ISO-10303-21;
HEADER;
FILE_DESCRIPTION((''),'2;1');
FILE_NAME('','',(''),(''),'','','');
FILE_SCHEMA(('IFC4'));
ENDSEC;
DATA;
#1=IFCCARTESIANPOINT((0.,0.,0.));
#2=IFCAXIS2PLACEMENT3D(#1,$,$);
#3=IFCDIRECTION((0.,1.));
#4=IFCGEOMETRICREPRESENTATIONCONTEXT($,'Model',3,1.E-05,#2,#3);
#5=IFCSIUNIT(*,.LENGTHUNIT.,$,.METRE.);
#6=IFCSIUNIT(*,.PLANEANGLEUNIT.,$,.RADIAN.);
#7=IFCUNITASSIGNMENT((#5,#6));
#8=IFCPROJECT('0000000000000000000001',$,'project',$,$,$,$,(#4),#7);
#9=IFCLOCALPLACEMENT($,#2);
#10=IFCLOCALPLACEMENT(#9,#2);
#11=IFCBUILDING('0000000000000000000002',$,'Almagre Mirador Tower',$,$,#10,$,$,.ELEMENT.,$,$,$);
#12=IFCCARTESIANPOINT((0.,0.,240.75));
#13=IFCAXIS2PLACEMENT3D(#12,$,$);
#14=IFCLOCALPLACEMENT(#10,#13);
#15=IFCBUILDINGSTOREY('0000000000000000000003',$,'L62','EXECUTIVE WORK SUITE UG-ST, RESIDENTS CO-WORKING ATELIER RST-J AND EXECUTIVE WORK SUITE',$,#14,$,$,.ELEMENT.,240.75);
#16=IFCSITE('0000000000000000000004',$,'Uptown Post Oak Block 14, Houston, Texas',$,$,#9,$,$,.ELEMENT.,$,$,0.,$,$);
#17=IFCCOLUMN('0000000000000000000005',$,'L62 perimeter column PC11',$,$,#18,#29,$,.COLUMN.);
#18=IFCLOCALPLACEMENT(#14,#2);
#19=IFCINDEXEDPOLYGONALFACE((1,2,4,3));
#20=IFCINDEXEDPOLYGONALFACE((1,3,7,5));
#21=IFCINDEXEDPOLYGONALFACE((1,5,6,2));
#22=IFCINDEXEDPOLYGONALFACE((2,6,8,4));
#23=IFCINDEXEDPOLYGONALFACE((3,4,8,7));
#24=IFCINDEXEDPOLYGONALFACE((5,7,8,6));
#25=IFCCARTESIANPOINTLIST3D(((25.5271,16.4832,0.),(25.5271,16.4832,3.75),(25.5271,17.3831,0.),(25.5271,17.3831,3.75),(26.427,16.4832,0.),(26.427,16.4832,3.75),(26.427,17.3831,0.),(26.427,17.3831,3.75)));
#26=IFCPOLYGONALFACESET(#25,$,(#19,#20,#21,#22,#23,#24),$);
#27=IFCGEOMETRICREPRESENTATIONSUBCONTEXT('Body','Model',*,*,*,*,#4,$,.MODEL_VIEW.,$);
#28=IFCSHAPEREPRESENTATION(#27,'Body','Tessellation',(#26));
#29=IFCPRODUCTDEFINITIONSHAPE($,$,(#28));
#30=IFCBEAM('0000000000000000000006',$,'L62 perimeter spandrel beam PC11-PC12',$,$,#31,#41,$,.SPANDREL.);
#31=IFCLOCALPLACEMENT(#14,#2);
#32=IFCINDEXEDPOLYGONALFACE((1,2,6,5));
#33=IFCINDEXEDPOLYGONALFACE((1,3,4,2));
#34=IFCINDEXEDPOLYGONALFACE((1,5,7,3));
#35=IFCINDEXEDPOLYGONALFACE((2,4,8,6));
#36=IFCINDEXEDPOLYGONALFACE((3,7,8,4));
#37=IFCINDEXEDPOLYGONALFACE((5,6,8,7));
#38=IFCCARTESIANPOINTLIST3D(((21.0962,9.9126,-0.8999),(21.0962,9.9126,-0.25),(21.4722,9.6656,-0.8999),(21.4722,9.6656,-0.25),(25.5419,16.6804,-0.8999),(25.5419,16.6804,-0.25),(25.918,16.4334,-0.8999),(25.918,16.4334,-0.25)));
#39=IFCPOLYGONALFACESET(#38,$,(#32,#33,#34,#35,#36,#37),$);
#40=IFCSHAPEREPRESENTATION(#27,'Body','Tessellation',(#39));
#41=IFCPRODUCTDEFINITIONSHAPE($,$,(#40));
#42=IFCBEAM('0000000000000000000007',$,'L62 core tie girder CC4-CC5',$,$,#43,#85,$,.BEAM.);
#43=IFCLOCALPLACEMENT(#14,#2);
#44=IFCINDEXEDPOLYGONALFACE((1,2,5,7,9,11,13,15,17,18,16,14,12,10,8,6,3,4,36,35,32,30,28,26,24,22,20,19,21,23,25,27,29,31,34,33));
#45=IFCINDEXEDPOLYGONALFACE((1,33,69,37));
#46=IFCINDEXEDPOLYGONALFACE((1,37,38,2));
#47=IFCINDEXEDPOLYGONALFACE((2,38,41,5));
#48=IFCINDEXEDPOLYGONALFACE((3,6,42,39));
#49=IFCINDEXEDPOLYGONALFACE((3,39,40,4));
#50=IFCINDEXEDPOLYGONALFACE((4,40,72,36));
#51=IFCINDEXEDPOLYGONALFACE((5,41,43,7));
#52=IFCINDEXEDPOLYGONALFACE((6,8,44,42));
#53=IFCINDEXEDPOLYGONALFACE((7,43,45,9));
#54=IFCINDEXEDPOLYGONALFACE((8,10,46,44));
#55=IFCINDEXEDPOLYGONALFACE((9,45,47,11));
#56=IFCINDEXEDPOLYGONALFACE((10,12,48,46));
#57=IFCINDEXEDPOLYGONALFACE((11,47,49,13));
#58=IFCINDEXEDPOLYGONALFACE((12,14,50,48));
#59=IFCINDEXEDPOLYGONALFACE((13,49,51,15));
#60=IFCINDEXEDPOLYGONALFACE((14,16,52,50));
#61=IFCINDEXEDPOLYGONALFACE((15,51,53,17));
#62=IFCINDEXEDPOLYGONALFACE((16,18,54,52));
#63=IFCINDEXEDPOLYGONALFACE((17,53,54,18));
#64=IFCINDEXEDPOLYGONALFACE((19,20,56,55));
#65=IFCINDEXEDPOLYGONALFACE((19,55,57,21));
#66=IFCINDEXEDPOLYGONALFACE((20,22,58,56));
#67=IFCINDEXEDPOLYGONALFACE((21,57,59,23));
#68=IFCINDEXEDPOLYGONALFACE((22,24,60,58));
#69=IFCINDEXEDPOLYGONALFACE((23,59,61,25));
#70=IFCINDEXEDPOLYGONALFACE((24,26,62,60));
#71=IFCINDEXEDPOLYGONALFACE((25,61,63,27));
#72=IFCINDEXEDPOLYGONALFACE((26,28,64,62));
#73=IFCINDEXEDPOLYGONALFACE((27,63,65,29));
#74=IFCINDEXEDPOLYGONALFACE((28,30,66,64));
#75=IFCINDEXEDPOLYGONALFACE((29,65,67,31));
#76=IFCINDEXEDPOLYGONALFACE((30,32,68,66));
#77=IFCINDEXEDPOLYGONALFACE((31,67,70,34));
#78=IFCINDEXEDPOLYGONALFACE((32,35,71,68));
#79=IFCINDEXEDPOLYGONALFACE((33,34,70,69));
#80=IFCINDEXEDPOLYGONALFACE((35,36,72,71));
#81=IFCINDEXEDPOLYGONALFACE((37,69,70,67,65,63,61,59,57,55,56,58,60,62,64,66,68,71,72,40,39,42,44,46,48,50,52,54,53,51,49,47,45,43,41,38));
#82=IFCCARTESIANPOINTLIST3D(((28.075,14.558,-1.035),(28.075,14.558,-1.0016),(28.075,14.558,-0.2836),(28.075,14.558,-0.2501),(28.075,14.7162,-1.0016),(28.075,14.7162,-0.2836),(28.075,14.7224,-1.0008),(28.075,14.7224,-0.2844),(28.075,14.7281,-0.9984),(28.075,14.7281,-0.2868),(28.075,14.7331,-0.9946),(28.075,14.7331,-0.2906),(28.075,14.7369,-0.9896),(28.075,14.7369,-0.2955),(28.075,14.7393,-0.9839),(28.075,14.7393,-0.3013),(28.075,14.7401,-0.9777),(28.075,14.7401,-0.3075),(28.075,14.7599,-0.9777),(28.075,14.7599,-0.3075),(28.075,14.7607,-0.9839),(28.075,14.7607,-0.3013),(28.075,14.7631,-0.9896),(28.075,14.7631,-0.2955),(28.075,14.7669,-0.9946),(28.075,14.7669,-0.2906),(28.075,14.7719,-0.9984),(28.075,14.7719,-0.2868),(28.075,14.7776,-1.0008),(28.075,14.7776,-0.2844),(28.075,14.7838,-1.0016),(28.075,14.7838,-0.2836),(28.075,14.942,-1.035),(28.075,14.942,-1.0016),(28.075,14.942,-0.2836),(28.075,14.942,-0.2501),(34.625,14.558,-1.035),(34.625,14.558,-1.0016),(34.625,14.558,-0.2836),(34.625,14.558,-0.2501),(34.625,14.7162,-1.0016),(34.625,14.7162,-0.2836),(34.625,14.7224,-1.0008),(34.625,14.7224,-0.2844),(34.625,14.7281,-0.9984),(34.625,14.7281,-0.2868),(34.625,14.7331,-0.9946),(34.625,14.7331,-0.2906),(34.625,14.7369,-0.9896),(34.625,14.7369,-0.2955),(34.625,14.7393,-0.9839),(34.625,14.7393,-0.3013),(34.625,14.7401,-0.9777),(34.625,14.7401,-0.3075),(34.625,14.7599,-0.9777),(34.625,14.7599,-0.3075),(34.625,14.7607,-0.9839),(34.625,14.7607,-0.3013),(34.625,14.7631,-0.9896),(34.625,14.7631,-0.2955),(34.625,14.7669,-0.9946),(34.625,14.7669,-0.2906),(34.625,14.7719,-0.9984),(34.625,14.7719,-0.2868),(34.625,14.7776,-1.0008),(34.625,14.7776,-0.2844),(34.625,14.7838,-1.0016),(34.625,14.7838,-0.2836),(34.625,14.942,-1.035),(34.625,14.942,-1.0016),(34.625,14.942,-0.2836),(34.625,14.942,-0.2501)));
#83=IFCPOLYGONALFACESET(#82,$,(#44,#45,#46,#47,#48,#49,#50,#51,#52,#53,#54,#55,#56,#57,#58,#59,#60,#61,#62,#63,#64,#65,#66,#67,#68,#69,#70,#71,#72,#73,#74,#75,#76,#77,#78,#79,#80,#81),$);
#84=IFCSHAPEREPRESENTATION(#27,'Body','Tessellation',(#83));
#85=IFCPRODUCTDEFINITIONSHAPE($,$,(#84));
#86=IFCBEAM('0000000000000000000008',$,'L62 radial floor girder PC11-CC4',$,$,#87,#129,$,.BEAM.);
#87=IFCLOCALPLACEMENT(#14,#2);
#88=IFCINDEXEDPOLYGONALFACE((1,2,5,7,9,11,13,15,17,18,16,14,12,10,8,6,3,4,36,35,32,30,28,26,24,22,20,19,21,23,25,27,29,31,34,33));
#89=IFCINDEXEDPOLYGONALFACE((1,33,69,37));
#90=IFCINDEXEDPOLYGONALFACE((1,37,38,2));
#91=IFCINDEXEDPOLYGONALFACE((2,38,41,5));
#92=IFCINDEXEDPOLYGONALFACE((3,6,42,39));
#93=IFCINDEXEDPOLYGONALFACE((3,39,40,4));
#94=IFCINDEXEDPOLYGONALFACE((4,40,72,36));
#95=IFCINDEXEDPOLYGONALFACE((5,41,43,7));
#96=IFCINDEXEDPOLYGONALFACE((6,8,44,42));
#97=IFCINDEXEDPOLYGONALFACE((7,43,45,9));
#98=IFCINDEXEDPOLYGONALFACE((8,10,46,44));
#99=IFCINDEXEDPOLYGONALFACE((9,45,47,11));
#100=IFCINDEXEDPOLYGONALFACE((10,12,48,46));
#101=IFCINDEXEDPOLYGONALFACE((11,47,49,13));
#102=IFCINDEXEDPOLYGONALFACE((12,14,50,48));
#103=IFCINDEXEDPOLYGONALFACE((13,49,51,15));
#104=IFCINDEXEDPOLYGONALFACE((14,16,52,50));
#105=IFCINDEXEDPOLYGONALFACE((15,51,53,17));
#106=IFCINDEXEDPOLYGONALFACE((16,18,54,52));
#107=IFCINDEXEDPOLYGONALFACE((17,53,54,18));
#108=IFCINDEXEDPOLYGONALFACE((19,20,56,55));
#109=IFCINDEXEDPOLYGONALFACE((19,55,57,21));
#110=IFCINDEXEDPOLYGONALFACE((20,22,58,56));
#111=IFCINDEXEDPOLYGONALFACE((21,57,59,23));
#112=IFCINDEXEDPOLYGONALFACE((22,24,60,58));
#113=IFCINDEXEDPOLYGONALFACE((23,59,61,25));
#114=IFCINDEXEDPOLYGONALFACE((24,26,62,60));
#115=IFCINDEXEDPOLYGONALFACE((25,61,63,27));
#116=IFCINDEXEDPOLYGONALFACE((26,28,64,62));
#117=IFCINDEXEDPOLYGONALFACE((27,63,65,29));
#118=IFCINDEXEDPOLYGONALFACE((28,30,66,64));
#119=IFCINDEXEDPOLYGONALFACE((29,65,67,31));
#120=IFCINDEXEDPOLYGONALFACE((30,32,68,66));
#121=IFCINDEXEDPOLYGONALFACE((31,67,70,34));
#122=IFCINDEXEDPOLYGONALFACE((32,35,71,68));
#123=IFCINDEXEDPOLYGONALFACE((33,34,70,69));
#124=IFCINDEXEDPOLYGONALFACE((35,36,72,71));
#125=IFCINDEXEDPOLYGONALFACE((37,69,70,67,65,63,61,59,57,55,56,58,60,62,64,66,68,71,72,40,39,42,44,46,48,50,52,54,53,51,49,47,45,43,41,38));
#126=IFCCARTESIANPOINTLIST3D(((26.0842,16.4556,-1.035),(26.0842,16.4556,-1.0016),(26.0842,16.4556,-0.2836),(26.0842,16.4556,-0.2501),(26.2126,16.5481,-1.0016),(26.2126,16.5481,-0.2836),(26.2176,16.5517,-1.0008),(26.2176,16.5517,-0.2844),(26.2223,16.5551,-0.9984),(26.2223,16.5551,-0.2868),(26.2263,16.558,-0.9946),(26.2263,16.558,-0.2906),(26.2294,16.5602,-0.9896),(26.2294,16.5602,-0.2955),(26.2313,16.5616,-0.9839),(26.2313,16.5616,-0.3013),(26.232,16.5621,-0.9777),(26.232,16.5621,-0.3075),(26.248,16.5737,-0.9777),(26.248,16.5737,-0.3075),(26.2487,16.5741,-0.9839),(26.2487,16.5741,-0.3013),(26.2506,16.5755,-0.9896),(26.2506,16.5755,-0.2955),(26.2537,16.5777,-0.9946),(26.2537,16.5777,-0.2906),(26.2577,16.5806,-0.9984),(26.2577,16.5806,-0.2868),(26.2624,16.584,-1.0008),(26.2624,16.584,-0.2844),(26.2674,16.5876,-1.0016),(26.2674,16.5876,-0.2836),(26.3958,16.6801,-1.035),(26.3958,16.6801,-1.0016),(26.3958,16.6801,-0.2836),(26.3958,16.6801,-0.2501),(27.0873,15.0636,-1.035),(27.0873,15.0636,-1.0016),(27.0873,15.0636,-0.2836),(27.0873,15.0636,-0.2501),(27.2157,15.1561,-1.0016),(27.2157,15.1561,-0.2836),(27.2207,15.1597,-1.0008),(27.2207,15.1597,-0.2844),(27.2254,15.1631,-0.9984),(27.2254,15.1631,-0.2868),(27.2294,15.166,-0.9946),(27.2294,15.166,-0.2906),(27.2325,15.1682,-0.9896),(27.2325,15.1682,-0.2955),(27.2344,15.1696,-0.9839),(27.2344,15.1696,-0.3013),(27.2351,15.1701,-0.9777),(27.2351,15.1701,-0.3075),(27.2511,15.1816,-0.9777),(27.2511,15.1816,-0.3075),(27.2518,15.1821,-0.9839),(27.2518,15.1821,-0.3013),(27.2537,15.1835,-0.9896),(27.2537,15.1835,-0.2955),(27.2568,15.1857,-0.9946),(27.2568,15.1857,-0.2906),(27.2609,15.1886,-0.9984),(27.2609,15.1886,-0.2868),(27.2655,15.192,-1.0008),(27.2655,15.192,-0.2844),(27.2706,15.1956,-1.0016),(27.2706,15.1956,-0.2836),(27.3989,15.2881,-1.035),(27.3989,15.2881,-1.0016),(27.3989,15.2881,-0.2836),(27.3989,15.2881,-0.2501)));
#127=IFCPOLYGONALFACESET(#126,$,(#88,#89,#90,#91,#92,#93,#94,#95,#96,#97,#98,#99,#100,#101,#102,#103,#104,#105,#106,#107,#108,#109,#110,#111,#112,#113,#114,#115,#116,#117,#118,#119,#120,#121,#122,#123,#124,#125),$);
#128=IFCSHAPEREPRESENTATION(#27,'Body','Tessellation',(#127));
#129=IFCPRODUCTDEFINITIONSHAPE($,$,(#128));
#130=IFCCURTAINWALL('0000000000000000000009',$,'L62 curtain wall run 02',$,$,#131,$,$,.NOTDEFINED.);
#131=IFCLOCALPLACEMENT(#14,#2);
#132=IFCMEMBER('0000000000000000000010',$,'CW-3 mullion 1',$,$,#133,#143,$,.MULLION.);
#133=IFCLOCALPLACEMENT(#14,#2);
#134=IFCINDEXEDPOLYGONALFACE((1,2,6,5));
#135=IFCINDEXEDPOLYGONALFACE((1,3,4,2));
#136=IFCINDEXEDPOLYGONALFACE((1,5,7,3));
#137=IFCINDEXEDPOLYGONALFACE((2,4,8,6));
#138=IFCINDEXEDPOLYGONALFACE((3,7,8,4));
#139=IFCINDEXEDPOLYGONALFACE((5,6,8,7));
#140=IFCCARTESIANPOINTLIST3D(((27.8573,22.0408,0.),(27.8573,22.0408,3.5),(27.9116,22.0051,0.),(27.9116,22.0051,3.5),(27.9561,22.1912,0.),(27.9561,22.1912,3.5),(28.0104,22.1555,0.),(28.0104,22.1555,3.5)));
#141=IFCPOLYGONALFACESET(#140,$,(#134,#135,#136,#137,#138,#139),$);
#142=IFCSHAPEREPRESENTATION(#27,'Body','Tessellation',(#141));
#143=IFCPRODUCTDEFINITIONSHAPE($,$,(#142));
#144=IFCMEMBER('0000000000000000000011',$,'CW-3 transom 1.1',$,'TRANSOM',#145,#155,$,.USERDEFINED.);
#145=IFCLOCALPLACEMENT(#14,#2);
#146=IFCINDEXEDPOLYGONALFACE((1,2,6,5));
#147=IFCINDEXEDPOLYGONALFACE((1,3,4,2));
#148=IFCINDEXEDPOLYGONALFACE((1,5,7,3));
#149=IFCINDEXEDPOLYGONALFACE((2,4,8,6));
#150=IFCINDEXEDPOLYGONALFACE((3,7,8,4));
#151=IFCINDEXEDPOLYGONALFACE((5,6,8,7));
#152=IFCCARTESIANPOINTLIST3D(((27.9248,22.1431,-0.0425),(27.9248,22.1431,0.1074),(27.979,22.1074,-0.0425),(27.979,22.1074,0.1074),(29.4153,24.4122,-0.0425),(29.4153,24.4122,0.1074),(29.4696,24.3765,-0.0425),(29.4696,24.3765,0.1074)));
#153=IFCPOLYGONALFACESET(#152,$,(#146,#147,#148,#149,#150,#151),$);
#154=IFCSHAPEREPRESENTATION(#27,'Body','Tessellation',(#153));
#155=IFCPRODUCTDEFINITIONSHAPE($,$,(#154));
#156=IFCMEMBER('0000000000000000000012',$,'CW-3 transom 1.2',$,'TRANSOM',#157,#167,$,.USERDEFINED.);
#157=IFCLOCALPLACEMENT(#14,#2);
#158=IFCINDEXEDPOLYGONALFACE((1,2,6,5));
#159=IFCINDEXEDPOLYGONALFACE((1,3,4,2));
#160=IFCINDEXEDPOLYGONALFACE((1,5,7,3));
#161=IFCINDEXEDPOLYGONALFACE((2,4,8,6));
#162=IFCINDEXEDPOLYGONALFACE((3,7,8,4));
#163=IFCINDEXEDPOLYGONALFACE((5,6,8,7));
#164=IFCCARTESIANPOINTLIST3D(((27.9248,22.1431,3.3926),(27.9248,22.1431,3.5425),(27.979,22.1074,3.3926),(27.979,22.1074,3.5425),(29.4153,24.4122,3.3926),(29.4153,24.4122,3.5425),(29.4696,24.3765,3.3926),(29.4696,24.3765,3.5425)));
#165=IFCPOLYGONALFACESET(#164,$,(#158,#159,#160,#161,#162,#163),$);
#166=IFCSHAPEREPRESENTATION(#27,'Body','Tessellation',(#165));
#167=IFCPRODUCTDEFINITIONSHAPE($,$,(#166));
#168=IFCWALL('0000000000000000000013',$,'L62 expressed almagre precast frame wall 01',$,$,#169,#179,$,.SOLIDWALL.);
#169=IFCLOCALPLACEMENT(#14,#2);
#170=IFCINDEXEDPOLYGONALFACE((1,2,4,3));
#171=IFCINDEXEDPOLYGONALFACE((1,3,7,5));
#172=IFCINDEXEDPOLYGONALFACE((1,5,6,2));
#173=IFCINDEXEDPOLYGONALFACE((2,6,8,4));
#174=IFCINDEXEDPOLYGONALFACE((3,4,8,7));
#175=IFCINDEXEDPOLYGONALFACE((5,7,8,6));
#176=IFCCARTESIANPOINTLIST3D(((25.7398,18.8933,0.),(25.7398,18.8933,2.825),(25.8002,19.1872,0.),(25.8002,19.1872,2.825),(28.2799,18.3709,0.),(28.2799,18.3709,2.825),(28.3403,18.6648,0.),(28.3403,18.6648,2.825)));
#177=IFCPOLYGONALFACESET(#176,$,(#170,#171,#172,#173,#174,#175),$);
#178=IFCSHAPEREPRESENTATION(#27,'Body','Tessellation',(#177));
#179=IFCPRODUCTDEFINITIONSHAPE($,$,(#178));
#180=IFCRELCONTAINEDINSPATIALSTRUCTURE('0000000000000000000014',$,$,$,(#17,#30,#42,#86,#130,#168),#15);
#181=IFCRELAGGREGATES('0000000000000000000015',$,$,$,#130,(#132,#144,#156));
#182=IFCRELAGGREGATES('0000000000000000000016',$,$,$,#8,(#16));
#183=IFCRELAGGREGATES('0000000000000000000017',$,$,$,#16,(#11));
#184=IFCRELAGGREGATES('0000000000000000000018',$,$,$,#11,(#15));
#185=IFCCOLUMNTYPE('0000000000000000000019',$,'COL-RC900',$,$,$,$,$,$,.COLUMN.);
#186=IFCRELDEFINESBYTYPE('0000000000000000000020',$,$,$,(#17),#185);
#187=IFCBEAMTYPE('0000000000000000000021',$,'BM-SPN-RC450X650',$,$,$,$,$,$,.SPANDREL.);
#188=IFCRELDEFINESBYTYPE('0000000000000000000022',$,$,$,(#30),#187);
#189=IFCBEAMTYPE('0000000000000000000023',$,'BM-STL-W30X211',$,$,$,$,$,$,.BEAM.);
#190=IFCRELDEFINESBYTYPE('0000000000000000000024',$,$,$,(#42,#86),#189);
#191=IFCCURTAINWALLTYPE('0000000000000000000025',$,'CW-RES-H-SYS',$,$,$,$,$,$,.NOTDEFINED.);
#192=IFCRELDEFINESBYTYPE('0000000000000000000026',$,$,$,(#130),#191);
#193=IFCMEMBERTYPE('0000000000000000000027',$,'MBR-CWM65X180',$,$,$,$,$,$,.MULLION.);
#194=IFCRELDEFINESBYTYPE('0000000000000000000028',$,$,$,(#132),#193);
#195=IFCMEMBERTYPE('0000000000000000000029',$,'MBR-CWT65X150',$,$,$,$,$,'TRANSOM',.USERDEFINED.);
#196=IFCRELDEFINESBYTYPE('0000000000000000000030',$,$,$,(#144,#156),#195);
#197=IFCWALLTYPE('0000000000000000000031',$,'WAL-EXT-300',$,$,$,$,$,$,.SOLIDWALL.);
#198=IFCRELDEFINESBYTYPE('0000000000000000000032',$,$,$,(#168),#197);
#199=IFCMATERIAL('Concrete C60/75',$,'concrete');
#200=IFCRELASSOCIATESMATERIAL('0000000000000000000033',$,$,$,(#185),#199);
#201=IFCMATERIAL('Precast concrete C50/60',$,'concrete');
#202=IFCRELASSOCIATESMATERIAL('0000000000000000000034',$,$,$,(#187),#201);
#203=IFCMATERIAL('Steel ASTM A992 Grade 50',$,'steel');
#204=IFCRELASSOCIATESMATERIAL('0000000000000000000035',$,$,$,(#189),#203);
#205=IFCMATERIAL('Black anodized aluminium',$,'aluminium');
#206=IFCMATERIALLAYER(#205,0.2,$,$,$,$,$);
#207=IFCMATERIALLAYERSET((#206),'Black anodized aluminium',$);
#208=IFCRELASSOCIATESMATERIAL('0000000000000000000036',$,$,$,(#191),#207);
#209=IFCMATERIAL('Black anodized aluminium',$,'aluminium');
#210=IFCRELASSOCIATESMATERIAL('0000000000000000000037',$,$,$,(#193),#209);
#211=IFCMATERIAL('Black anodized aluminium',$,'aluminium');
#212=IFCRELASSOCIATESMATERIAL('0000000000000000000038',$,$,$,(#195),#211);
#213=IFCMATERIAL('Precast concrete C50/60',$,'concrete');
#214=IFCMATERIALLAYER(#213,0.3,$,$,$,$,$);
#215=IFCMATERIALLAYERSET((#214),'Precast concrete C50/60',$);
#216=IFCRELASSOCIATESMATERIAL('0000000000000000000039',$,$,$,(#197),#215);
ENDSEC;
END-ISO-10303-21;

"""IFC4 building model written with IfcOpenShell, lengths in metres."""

from ifc_helpers import new_model, si_unit, direction, frame, frame_2d, origin, origin_2d, place, context, subcontext, project, spatial, rectangle, i_section, extrude, material, layer, layer_set, material_profile, profile_set, type_object, element, aggregate, save


model = new_model("IFC4")

# Units and contexts
model_context = context("Model", 3, precision=1e-05, world=origin(), true_north=direction((0.0, 1.0)))
body_context = subcontext(model_context, "Body", "Model", "MODEL_VIEW")
ifc_project = project(units=[si_unit("LENGTHUNIT", "METRE"), si_unit("PLANEANGLEUNIT", "RADIAN")], contexts=[model_context])

# Site, building, storey
site_placement = place(None, origin())
site = spatial("IfcSite", under=ifc_project, at=site_placement, Name="Uptown Post Oak Block 14, Houston, Texas", CompositionType="ELEMENT", RefElevation=0.0)
building_placement = place(site_placement, origin())
building = spatial("IfcBuilding", under=site, at=building_placement, Name="Almagre Mirador Tower", CompositionType="ELEMENT")
storey_placement = place(building_placement, frame((0.0, 0.0, 240.75)))
storey = spatial("IfcBuildingStorey", under=building, at=storey_placement, Name="L62", Description="EXECUTIVE WORK SUITE UG-ST, RESIDENTS CO-WORKING ATELIER RST-J AND EXECUTIVE WORK SUITE", CompositionType="ELEMENT", Elevation=240.75)

# Column
ifc_material_1 = material(Name="Concrete C60/75", Category="concrete")
ifc_material_profile_1 = material_profile(ifc_material_1, rectangle(XDim=0.8999, YDim=0.8999, at=origin_2d()), Name="RC900X900")
ifc_profile_set_1 = profile_set([ifc_material_profile_1], Name="Concrete C60/75")
column_type = type_object("IfcColumnType", Name="COL-RC900", PredefinedType="COLUMN", material=ifc_profile_set_1)
column_placement = place(storey_placement, frame((25.9771, 16.9331, 0.0), z_axis=(0.0, 0.0, 1.0), x_axis=(1.0, 0.0, 0.0)))
element("IfcColumn", 1, at=column_placement, inside=storey, type_object=column_type, Name="L62 perimeter column PC11", PredefinedType="COLUMN", context=body_context, shape_type="SweptSolid", body=[
    extrude(rectangle(XDim=0.8999, YDim=0.8999, at=origin_2d()), origin(), (0.0, 0.0, 1.0), 3.75),
])

# Beams
ifc_material_2 = material(Name="Precast concrete C50/60", Category="concrete")
ifc_material_profile_2 = material_profile(ifc_material_2, rectangle(XDim=0.45, YDim=0.6499, at=origin_2d()), Name="RC450X650")
ifc_profile_set_2 = profile_set([ifc_material_profile_2], Name="Precast concrete C50/60")
beam_type_1 = type_object("IfcBeamType", Name="BM-SPN-RC450X650", PredefinedType="SPANDREL", material=ifc_profile_set_2)
beam_1_placement = place(storey_placement, frame((25.73, 16.5569, -0.575), z_axis=(-0.549038, -0.835798, 0.0), x_axis=(0.835798, -0.549038, 0.0)))
element("IfcBeam", 2, at=beam_1_placement, inside=storey, type_object=beam_type_1, Name="L62 perimeter spandrel beam PC11-PC12", PredefinedType="SPANDREL", context=body_context, shape_type="SweptSolid", body=[
    extrude(rectangle(XDim=0.45, YDim=0.6499, at=origin_2d()), origin(), (0.0, 0.0, 1.0), 8.0974),
])
ifc_material_3 = material(Name="Steel ASTM A992 Grade 50", Category="steel")
ifc_material_profile_3 = material_profile(ifc_material_3, i_section(OverallWidth=0.384, OverallDepth=0.7849, WebThickness=0.0198, FlangeThickness=0.0334, FilletRadius=0.0239, at=origin_2d()), Name="W30X211")
ifc_profile_set_3 = profile_set([ifc_material_profile_3], Name="Steel ASTM A992 Grade 50")
beam_type_2 = type_object("IfcBeamType", Name="BM-STL-W30X211", PredefinedType="BEAM", material=ifc_profile_set_3)
beam_2_placement = place(storey_placement, frame((28.075, 14.75, -0.6426), z_axis=(1.0, 0.0, 0.0), x_axis=(0.0, 1.0, 0.0)))
element("IfcBeam", 3, at=beam_2_placement, inside=storey, type_object=beam_type_2, Name="L62 core tie girder CC4-CC5", PredefinedType="BEAM", context=body_context, shape_type="SweptSolid", body=[
    extrude(i_section(OverallWidth=0.384, OverallDepth=0.7849, WebThickness=0.0198, FlangeThickness=0.0334, FilletRadius=0.0239, at=origin_2d()), origin(), (0.0, 0.0, 1.0), 6.55),
])
beam_3_placement = place(storey_placement, frame((26.24, 16.5679, -0.6426), z_axis=(0.584638, -0.811294, 0.0), x_axis=(0.811294, 0.584638, 0.0)))
element("IfcBeam", 4, at=beam_3_placement, inside=storey, type_object=beam_type_2, Name="L62 radial floor girder PC11-CC4", PredefinedType="BEAM", context=body_context, shape_type="SweptSolid", body=[
    extrude(i_section(OverallWidth=0.384, OverallDepth=0.7849, WebThickness=0.0198, FlangeThickness=0.0334, FilletRadius=0.0239, at=origin_2d()), origin(), (0.0, 0.0, 1.0), 1.7158),
])

# Curtain wall, members
ifc_material_4 = material(Name="Black anodized aluminium", Category="aluminium")
ifc_layer_1 = layer(ifc_material_4, 0.2)
ifc_layer_set_1 = layer_set([ifc_layer_1], Name="Black anodized aluminium")
curtain_wall_type = type_object("IfcCurtainWallType", Name="CW-RES-H-SYS", PredefinedType="NOTDEFINED", material=ifc_layer_set_1)
curtain_wall_placement = place(storey_placement, origin())
curtain_wall = element("IfcCurtainWall", 5, at=curtain_wall_placement, inside=storey, type_object=curtain_wall_type, Name="L62 curtain wall run 02", PredefinedType="NOTDEFINED")
ifc_material_5 = material(Name="Black anodized aluminium", Category="aluminium")
ifc_material_profile_4 = material_profile(ifc_material_5, rectangle(XDim=0.0649, YDim=0.1799, at=origin_2d()), Name="CWM65X180")
ifc_profile_set_4 = profile_set([ifc_material_profile_4], Name="Black anodized aluminium")
member_type_1 = type_object("IfcMemberType", Name="MBR-CWM65X180", PredefinedType="MULLION", material=ifc_profile_set_4)
member_1_placement = place(storey_placement, frame((27.9338, 22.0981, 0.0), z_axis=(0.0, 0.0, 1.0), x_axis=(-0.835781, 0.549063, 0.0)))
member_1 = element("IfcMember", 6, at=member_1_placement, type_object=member_type_1, Name="CW-3 mullion 1", PredefinedType="MULLION", context=body_context, shape_type="SweptSolid", body=[
    extrude(rectangle(XDim=0.0649, YDim=0.1799, at=origin_2d()), origin(), (0.0, 0.0, 1.0), 3.5),
])
ifc_material_6 = material(Name="Black anodized aluminium", Category="aluminium")
ifc_material_profile_5 = material_profile(ifc_material_6, rectangle(XDim=0.0649, YDim=0.1499, at=origin_2d()), Name="CWT65X150")
ifc_profile_set_5 = profile_set([ifc_material_profile_5], Name="Black anodized aluminium")
member_type_2 = type_object("IfcMemberType", Name="MBR-CWT65X150", ElementType="TRANSOM", PredefinedType="USERDEFINED", material=ifc_profile_set_5)
member_2_placement = place(storey_placement, frame((27.9519, 22.1252, 0.0325), z_axis=(0.549022, 0.835808, 0.0), x_axis=(-0.835808, 0.549022, 0.0)))
member_2 = element("IfcMember", 7, at=member_2_placement, type_object=member_type_2, Name="CW-3 transom 1.1", ObjectType="TRANSOM", PredefinedType="USERDEFINED", context=body_context, shape_type="SweptSolid", body=[
    extrude(rectangle(XDim=0.0649, YDim=0.1499, at=origin_2d()), origin(), (0.0, 0.0, 1.0), 2.7148),
])
member_3_placement = place(storey_placement, frame((27.9519, 22.1252, 3.4675), z_axis=(0.549022, 0.835808, 0.0), x_axis=(-0.835808, 0.549022, 0.0)))
member_3 = element("IfcMember", 8, at=member_3_placement, type_object=member_type_2, Name="CW-3 transom 1.2", ObjectType="TRANSOM", PredefinedType="USERDEFINED", context=body_context, shape_type="SweptSolid", body=[
    extrude(rectangle(XDim=0.0649, YDim=0.1499, at=origin_2d()), origin(), (0.0, 0.0, 1.0), 2.7148),
])
aggregate(curtain_wall, [member_1, member_2, member_3])

# Wall
ifc_material_7 = material(Name="Precast concrete C50/60", Category="concrete")
ifc_layer_2 = layer(ifc_material_7, 0.3)
ifc_layer_set_2 = layer_set([ifc_layer_2], Name="Precast concrete C50/60")
wall_type_1 = type_object("IfcWallType", Name="WAL-EXT-300", PredefinedType="SOLIDWALL", material=ifc_layer_set_2)
wall_1_placement = place(storey_placement, frame((25.77, 19.0403, 0.0), z_axis=(0.0, 0.0, 1.0), x_axis=(0.979494, -0.201472, 0.0)))
element("IfcWall", 9, at=wall_1_placement, inside=storey, type_object=wall_type_1, Name="L62 expressed almagre precast frame wall 01", PredefinedType="SOLIDWALL", context=body_context, shape_type="SweptSolid", body=[
    extrude(rectangle(XDim=2.5933, YDim=0.3, at=frame_2d((1.2966, 0.0))), origin(), (0.0, 0.0, 1.0), 2.825),
])

save(model, "model.ifc")
